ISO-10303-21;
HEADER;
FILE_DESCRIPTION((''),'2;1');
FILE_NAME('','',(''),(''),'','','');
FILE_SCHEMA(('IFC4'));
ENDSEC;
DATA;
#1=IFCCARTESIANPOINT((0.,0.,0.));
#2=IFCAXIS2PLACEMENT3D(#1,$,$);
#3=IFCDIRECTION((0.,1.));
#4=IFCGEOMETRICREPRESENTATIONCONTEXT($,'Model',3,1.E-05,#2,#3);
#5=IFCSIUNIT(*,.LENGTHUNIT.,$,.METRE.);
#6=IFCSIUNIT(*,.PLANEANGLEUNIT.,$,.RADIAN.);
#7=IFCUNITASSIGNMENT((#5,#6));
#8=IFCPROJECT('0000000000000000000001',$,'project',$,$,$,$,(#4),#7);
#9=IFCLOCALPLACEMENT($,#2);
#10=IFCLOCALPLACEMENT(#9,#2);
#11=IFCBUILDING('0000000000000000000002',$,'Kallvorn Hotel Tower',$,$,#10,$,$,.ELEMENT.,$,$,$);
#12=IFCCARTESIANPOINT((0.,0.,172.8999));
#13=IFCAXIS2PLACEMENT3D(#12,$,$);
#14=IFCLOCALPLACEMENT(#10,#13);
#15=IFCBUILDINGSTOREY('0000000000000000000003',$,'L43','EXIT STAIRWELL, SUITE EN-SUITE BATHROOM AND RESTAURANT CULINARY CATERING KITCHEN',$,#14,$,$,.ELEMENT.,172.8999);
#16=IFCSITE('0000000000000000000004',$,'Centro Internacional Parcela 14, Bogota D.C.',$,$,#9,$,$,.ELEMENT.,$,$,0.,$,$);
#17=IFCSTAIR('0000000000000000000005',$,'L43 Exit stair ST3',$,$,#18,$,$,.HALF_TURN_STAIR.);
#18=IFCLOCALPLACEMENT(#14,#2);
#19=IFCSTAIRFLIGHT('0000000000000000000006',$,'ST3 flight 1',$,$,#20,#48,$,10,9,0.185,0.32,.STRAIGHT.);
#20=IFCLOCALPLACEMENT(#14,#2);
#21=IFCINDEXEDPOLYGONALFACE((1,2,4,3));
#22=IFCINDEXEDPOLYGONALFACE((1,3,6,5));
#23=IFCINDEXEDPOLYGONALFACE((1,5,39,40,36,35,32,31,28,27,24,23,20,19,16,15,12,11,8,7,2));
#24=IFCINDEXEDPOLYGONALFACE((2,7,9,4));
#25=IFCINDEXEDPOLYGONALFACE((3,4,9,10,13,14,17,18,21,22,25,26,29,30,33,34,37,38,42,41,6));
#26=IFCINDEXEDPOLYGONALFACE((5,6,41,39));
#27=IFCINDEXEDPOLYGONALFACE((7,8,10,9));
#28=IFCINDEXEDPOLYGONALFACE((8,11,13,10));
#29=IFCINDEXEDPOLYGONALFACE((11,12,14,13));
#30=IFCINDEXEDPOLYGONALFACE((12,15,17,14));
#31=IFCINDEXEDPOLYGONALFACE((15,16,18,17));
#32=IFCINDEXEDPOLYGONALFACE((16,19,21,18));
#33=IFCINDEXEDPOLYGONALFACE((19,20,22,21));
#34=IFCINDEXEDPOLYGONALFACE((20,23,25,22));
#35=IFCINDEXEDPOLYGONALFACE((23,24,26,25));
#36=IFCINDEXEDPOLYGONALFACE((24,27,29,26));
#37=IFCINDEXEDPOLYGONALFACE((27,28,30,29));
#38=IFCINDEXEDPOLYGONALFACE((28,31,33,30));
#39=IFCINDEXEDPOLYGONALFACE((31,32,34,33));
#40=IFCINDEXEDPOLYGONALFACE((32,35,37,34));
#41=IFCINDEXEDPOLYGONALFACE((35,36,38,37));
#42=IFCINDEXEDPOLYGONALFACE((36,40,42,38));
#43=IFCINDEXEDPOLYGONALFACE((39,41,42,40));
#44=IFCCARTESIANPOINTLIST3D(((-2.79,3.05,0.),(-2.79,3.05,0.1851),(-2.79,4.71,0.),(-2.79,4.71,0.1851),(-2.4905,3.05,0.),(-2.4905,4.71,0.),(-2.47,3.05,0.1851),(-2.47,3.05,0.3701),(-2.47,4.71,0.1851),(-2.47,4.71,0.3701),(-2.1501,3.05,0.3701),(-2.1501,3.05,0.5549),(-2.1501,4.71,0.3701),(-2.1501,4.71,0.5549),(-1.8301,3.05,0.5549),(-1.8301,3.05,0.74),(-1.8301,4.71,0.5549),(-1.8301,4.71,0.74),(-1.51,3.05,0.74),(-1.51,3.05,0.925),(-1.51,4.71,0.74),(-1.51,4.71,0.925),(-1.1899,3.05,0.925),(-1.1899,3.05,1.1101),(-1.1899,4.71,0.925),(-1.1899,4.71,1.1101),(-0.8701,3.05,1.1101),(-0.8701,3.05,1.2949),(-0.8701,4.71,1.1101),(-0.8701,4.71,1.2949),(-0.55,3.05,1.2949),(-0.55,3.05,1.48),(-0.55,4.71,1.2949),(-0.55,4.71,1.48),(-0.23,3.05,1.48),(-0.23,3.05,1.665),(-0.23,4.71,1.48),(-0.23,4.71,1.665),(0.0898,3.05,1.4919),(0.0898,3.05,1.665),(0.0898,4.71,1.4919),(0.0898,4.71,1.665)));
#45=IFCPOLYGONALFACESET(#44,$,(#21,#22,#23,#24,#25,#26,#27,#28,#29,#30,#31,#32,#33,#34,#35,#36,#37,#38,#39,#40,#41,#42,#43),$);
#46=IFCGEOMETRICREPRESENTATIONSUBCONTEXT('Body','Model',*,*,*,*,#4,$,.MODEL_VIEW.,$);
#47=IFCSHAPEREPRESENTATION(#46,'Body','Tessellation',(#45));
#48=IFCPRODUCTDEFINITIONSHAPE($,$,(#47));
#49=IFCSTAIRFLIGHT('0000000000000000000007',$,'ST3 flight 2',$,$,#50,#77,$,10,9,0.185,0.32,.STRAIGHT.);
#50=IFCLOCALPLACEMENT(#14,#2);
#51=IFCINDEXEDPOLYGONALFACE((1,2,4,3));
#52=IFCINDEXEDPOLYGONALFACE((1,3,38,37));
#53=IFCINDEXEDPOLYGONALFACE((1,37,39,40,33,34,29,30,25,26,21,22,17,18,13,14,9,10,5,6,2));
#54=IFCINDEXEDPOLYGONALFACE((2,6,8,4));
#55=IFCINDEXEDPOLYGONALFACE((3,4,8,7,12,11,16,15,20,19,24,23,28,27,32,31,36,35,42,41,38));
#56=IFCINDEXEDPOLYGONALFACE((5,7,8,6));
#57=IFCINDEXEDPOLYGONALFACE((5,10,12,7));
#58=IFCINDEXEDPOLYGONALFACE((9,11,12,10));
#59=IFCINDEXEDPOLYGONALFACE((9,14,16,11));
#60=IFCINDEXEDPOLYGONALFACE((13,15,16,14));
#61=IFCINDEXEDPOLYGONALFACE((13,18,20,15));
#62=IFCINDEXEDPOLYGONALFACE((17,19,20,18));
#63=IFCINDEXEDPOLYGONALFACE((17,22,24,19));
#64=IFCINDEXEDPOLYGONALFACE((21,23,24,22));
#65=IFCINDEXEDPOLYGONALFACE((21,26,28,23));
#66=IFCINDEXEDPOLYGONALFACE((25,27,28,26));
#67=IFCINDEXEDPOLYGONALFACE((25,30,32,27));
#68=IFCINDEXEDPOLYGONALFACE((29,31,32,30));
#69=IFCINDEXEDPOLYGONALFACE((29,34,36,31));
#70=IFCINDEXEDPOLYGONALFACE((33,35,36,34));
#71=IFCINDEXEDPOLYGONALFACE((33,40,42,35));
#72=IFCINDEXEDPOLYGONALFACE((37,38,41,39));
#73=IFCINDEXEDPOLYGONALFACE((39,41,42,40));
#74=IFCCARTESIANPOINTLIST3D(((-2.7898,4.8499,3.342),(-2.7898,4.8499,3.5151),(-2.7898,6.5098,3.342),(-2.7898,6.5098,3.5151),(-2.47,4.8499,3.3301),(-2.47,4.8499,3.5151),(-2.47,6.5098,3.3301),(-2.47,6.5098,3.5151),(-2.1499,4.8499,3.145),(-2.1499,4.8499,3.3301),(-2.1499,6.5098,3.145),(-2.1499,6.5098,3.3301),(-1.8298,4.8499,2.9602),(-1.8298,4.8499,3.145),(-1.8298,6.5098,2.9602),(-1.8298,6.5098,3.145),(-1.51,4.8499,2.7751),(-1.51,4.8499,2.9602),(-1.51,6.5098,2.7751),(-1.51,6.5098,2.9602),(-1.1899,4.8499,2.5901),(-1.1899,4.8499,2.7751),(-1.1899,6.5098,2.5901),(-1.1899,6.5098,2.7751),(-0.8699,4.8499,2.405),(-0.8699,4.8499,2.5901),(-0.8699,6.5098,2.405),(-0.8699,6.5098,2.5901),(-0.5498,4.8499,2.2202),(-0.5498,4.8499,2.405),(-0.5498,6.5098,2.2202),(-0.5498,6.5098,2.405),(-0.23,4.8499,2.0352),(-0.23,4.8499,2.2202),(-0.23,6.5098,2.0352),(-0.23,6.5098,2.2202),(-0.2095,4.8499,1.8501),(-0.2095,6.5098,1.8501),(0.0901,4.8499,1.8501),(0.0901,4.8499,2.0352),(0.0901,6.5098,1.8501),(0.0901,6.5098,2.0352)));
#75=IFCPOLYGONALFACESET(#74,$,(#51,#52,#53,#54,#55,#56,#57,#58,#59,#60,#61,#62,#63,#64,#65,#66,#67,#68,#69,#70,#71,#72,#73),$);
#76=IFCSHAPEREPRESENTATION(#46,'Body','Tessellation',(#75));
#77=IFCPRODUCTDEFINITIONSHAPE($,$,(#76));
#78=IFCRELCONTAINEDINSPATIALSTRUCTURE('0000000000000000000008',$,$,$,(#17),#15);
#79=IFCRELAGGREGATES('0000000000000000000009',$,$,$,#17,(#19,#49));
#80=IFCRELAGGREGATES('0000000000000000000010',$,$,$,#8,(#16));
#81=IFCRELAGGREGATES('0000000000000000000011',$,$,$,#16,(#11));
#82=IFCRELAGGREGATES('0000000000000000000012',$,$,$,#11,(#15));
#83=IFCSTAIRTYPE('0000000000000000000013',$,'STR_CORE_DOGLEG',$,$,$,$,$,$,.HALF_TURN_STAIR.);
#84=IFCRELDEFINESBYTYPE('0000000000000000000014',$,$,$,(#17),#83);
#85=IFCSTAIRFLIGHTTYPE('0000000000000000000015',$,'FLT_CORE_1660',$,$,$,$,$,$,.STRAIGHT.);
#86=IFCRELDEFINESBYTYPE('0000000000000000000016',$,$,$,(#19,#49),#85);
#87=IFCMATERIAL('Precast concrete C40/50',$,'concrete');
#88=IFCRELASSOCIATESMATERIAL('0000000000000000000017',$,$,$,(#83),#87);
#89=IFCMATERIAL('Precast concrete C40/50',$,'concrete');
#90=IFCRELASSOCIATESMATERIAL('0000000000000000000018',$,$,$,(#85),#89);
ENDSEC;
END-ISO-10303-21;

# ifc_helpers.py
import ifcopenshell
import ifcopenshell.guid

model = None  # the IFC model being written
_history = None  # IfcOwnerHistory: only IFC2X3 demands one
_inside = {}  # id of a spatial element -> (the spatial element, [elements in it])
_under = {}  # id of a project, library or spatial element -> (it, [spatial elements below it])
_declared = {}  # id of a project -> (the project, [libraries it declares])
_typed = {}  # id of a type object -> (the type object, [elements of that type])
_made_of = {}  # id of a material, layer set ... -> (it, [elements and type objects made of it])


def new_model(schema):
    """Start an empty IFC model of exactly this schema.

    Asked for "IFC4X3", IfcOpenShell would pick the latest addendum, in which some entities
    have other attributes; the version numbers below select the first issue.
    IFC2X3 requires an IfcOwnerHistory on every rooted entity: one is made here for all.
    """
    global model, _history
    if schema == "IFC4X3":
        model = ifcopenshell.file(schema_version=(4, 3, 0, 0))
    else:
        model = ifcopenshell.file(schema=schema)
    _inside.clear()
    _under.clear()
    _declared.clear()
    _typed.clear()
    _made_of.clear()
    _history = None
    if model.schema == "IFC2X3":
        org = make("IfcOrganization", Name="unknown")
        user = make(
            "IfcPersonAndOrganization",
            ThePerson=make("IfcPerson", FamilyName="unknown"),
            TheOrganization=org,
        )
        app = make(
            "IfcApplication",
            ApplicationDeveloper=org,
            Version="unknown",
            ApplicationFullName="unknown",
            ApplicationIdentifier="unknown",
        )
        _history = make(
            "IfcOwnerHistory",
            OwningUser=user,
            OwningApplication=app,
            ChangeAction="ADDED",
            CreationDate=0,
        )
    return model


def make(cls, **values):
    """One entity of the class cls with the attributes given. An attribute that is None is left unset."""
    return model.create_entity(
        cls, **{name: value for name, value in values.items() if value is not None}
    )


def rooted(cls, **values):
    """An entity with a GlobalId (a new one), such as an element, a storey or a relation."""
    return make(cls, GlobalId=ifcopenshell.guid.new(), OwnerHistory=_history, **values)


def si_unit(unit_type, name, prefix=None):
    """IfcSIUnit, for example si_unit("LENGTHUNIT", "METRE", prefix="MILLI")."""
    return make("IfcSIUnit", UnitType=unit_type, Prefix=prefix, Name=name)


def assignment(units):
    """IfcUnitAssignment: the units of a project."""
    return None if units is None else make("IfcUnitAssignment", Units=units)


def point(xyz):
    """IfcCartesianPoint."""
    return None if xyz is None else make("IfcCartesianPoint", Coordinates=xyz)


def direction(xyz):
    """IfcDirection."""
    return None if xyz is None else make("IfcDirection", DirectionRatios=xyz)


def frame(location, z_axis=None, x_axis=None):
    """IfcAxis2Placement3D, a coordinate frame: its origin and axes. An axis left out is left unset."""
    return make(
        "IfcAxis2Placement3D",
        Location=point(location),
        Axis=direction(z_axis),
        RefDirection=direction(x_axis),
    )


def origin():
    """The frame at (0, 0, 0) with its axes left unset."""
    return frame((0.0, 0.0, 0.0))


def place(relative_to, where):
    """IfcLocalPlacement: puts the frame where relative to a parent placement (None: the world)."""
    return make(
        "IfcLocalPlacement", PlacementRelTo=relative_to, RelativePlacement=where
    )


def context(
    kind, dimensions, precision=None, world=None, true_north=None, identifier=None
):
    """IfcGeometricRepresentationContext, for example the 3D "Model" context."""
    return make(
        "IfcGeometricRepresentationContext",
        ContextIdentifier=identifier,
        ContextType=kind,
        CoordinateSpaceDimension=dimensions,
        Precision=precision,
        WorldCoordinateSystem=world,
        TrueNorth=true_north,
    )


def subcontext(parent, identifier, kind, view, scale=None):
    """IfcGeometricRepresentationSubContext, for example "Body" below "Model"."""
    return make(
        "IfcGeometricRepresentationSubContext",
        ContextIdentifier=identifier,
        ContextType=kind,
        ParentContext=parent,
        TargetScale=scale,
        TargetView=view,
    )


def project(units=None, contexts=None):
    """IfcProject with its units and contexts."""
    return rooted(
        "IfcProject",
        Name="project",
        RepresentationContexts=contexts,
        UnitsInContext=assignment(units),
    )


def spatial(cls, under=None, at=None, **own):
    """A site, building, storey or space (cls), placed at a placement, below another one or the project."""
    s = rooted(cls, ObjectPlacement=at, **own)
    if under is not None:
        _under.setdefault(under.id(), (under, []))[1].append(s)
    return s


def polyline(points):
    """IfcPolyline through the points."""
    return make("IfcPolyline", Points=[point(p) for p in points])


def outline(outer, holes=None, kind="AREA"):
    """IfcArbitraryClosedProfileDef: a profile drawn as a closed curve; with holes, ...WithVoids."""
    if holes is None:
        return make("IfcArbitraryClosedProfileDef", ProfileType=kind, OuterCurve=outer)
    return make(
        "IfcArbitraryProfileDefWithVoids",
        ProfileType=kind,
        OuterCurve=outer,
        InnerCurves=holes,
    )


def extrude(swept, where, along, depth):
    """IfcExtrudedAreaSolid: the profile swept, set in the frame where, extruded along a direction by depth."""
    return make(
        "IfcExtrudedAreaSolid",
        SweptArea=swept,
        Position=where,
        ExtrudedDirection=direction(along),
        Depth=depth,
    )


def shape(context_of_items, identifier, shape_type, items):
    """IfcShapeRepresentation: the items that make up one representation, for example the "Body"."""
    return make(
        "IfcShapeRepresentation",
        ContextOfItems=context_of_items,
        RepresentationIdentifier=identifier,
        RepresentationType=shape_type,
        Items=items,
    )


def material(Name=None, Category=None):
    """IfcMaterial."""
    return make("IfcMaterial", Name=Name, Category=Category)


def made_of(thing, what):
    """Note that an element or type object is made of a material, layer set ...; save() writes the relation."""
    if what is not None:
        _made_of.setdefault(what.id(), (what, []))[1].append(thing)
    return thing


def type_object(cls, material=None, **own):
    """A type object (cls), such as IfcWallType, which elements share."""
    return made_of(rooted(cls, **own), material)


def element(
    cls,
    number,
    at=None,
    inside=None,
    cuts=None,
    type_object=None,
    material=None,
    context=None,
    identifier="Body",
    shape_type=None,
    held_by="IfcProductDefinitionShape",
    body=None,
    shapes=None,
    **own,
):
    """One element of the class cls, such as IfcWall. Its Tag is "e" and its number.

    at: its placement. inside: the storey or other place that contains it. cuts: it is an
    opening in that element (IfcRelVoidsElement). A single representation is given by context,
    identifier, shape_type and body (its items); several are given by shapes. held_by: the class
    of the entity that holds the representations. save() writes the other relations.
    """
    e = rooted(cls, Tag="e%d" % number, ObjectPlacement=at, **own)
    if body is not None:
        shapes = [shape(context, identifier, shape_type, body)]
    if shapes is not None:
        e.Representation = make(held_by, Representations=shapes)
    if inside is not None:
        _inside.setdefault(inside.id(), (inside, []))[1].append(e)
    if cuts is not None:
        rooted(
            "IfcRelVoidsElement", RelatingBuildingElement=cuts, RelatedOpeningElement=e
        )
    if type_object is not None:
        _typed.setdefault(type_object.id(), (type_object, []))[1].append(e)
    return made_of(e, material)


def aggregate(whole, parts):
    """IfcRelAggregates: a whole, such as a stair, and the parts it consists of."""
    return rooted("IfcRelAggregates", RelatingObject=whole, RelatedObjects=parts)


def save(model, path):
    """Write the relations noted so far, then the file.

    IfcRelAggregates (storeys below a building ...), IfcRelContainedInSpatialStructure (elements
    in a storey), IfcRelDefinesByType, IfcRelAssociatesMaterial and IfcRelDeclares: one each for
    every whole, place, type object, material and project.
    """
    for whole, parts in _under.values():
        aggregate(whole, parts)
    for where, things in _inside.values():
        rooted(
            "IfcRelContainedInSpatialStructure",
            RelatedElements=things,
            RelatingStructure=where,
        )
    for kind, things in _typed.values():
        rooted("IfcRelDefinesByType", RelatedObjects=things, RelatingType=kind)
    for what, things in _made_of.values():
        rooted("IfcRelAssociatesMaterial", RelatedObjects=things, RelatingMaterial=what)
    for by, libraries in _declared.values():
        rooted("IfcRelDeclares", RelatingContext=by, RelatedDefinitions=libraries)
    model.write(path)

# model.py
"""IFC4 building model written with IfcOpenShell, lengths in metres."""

from ifc_helpers import new_model, si_unit, direction, frame, origin, place, context, subcontext, project, spatial, polyline, outline, extrude, material, type_object, element, aggregate, save


model = new_model("IFC4")

# Units and contexts
model_context = context("Model", 3, precision=1e-05, world=origin(), true_north=direction((0.0, 1.0)))
body_context = subcontext(model_context, "Body", "Model", "MODEL_VIEW")
ifc_project = project(units=[si_unit("LENGTHUNIT", "METRE"), si_unit("PLANEANGLEUNIT", "RADIAN")], contexts=[model_context])

# Site, building, storey
site_placement = place(None, origin())
site = spatial("IfcSite", under=ifc_project, at=site_placement, Name="Centro Internacional Parcela 14, Bogota D.C.", CompositionType="ELEMENT", RefElevation=0.0)
building_placement = place(site_placement, origin())
building = spatial("IfcBuilding", under=site, at=building_placement, Name="Kallvorn Hotel Tower", CompositionType="ELEMENT")
storey_placement = place(building_placement, frame((0.0, 0.0, 172.8999)))
storey = spatial("IfcBuildingStorey", under=building, at=storey_placement, Name="L43", Description="EXIT STAIRWELL, SUITE EN-SUITE BATHROOM AND RESTAURANT CULINARY CATERING KITCHEN", CompositionType="ELEMENT", Elevation=172.8999)

# Stair
ifc_material_1 = material(Name="Precast concrete C40/50", Category="concrete")
stair_type = type_object("IfcStairType", Name="STR_CORE_DOGLEG", PredefinedType="HALF_TURN_STAIR", material=ifc_material_1)
stair_1_placement = place(storey_placement, origin())
stair_1 = element("IfcStair", 1, at=stair_1_placement, inside=storey, type_object=stair_type, Name="L43 Exit stair ST3", PredefinedType="HALF_TURN_STAIR")

# Stair flights
ifc_material_2 = material(Name="Precast concrete C40/50", Category="concrete")
stair_flight_type = type_object("IfcStairFlightType", Name="FLT_CORE_1660", PredefinedType="STRAIGHT", material=ifc_material_2)
stair_flight_1_placement = place(storey_placement, frame((-2.79, 3.8799, 0.0), z_axis=(0.0, 0.0, 1.0), x_axis=(1.0, 0.0, 0.0)))
stair_flight_1 = element("IfcStairFlight", 2, at=stair_flight_1_placement, type_object=stair_flight_type, Name="ST3 flight 1", NumberOfRisers=10, NumberOfTreads=9, PredefinedType="STRAIGHT", RiserHeight=0.185, TreadLength=0.32, context=body_context, shape_type="SweptSolid", body=[
    extrude(outline(polyline([(0.0, 0.0), (0.0, 0.1851), (0.3201, 0.1851), (0.3201, 0.3701), (0.6399, 0.3701), (0.6399, 0.5549), (0.96, 0.5549), (0.96, 0.74), (1.28, 0.74), (1.28, 0.925), (1.6001, 0.925), (1.6001, 1.1101), (1.9199, 1.1101), (1.9199, 1.2949), (2.24, 1.2949), (2.24, 1.48), (2.5601, 1.48), (2.5601, 1.665), (2.8799, 1.665), (2.8799, 1.8501), (2.8799, 1.4919), (0.2996, 0.0), (0.0, 0.0)])), frame((0.0, 0.8301, 0.0), z_axis=(0.0, -1.0, 0.0), x_axis=(1.0, 0.0, 0.0)), (0.0, 0.0, 1.0), 1.6599),
])
stair_flight_2_placement = place(storey_placement, frame((0.0901, 5.6799, 1.8501), z_axis=(0.0, 0.0, 1.0), x_axis=(-1.0, 0.0, 0.0)))
stair_flight_2 = element("IfcStairFlight", 3, at=stair_flight_2_placement, type_object=stair_flight_type, Name="ST3 flight 2", NumberOfRisers=10, NumberOfTreads=9, PredefinedType="STRAIGHT", RiserHeight=0.185, TreadLength=0.32, context=body_context, shape_type="SweptSolid", body=[
    extrude(outline(polyline([(0.0, 0.0), (0.0, 0.1851), (0.3201, 0.1851), (0.3201, 0.3701), (0.6399, 0.3701), (0.6399, 0.5549), (0.96, 0.5549), (0.96, 0.74), (1.28, 0.74), (1.28, 0.925), (1.6001, 0.925), (1.6001, 1.1101), (1.9199, 1.1101), (1.9199, 1.2949), (2.24, 1.2949), (2.24, 1.48), (2.5601, 1.48), (2.5601, 1.665), (2.8799, 1.665), (2.8799, 1.8501), (2.8799, 1.4919), (0.2996, 0.0), (0.0, 0.0)])), frame((0.0, 0.8301, 0.0), z_axis=(0.0, -1.0, 0.0), x_axis=(1.0, 0.0, 0.0)), (0.0, 0.0, 1.0), 1.6599),
])
aggregate(stair_1, [stair_flight_1, stair_flight_2])

save(model, "model.ifc")
